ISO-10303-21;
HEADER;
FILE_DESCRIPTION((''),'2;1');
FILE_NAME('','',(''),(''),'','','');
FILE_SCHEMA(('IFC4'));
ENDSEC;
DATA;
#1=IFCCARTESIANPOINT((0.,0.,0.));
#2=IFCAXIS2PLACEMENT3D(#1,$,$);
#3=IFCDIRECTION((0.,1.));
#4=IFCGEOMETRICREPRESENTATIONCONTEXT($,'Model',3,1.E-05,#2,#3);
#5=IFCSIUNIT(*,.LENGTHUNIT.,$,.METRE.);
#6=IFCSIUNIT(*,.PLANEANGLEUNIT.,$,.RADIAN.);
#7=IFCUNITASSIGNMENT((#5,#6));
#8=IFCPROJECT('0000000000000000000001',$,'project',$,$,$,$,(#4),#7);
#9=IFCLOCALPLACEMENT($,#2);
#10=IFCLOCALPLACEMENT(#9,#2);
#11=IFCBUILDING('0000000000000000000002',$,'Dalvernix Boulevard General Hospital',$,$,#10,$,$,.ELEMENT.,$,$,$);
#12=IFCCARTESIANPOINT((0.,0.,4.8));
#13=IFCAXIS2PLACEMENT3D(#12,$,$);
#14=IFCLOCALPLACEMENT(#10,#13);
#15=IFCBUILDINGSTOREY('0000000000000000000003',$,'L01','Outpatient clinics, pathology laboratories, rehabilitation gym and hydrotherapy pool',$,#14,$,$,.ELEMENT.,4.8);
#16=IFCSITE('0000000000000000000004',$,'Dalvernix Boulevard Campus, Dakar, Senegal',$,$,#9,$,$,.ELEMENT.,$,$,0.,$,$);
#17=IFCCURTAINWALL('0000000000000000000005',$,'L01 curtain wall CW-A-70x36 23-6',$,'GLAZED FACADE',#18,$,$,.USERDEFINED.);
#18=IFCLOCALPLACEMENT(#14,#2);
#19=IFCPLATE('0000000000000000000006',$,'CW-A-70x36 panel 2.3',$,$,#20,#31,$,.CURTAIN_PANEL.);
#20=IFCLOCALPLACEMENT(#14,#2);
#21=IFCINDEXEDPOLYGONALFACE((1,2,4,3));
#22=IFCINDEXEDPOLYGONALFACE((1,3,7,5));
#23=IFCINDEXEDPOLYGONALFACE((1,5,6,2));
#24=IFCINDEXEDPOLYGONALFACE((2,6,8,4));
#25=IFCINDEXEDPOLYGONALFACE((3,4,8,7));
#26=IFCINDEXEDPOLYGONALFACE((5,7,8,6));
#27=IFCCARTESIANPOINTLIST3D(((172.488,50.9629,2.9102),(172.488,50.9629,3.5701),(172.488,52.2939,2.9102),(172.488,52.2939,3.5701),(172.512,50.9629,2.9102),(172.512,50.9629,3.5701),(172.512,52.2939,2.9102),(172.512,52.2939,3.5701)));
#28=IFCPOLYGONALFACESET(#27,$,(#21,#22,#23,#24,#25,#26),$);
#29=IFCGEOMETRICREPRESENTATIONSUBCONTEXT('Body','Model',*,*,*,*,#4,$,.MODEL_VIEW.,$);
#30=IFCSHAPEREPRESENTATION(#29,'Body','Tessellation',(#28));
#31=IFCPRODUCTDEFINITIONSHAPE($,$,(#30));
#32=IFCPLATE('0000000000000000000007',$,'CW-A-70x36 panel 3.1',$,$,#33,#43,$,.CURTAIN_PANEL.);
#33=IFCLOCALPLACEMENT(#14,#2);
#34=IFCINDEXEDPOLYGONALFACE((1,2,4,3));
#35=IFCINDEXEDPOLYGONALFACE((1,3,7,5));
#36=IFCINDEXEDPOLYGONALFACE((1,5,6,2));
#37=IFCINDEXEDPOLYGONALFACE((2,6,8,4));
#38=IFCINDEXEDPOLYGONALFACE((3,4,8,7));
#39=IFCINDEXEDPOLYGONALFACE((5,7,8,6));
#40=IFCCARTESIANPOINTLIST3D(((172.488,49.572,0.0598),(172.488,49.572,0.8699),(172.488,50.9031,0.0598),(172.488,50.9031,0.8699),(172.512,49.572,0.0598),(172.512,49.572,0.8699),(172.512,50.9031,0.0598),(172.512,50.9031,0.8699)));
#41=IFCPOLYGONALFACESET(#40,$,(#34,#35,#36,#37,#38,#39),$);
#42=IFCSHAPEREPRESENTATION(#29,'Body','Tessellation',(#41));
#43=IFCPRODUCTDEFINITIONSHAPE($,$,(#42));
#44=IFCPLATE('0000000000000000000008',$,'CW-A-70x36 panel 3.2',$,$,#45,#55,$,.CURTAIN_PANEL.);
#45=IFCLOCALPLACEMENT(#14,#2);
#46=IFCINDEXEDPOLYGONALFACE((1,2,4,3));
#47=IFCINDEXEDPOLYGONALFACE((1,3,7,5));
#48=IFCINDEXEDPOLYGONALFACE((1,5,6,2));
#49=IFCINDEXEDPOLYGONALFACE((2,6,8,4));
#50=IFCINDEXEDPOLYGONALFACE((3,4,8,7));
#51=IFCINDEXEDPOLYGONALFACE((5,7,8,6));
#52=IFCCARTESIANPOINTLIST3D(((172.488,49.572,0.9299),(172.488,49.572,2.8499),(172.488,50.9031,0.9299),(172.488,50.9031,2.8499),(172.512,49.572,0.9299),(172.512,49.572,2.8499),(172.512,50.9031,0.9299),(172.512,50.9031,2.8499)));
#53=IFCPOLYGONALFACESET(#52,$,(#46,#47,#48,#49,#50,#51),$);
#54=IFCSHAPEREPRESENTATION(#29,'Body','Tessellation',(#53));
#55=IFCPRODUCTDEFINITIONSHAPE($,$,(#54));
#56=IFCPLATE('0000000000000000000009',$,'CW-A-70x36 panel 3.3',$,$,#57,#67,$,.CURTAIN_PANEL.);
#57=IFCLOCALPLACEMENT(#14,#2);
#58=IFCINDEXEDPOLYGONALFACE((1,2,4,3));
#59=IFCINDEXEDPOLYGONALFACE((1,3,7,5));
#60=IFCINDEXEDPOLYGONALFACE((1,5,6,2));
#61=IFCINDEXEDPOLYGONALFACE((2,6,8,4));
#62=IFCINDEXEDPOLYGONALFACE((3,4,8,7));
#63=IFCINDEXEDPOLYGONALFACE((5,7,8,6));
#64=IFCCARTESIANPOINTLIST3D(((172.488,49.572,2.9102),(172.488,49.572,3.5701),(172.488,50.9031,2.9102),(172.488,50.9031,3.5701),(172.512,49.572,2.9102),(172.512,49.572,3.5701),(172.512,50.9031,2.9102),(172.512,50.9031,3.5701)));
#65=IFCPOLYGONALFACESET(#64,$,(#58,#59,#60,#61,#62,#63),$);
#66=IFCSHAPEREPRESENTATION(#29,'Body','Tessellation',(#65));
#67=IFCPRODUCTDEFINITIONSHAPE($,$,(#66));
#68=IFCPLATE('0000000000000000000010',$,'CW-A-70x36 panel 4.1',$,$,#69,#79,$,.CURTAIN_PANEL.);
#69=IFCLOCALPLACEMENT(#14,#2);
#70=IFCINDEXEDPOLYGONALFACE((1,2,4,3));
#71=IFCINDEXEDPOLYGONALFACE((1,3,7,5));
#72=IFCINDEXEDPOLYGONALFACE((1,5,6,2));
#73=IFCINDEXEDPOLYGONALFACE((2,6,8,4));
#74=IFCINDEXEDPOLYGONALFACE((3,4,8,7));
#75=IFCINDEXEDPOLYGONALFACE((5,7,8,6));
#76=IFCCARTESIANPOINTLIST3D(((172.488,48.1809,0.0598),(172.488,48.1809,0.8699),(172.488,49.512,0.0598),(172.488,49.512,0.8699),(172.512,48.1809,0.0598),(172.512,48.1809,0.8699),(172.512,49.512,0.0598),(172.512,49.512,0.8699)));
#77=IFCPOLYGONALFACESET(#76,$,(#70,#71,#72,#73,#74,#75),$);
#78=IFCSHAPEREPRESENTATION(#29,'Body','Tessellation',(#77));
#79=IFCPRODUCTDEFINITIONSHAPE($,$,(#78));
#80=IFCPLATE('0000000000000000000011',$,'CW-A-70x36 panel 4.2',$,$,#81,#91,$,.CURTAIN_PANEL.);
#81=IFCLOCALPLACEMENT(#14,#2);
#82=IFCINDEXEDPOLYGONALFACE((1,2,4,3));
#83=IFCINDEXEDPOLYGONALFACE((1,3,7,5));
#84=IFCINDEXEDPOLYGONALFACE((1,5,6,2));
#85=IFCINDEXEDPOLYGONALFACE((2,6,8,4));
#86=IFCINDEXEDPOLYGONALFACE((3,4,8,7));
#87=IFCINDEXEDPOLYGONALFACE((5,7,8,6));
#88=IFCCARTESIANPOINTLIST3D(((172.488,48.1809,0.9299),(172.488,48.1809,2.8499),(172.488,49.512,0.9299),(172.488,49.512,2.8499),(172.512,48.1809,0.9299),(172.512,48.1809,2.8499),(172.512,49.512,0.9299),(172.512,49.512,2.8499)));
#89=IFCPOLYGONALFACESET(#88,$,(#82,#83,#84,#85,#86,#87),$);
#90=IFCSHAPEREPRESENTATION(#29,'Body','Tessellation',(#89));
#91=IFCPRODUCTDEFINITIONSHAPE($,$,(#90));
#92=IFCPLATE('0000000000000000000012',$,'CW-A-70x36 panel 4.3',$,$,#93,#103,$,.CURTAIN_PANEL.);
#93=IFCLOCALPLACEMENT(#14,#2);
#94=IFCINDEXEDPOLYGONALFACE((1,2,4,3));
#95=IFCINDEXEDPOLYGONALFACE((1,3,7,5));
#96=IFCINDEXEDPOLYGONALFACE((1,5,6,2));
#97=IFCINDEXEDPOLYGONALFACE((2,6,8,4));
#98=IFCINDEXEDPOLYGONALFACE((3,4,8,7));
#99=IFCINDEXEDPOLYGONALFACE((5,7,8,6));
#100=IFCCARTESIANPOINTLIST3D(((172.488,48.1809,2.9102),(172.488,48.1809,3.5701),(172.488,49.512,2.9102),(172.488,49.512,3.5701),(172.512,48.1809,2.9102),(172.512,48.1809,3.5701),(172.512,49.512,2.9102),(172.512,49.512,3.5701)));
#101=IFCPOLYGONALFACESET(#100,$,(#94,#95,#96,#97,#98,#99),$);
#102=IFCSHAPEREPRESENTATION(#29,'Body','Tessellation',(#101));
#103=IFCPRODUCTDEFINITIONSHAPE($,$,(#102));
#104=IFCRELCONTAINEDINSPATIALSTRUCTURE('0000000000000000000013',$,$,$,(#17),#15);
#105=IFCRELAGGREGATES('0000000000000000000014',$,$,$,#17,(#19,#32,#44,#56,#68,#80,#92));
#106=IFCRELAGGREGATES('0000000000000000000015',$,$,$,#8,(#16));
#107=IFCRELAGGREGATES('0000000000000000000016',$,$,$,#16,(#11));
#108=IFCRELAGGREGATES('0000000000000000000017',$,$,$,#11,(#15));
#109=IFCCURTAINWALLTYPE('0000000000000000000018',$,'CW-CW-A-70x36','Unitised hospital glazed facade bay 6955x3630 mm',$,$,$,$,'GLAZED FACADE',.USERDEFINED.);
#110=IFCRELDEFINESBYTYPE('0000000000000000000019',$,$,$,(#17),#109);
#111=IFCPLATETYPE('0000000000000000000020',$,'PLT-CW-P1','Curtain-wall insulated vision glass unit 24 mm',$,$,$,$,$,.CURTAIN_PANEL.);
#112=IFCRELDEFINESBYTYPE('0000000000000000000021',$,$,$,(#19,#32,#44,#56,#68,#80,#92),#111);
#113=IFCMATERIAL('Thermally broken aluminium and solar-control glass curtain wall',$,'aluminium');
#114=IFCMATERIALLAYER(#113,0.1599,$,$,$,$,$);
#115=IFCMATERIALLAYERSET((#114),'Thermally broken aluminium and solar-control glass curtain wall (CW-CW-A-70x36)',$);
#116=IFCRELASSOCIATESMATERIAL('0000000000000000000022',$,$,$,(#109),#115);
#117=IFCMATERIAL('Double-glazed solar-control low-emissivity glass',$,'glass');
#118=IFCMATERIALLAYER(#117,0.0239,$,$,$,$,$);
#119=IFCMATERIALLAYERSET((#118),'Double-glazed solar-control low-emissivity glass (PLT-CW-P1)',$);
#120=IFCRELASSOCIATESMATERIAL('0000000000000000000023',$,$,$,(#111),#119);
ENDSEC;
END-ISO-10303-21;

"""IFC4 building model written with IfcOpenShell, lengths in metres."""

from ifc_helpers import new_model, si_unit, direction, frame, origin, origin_2d, place, context, subcontext, project, spatial, rectangle, extrude, material, layer, layer_set, type_object, element, aggregate, save


model = new_model("IFC4")

# Units and contexts
model_context = context("Model", 3, precision=1e-05, world=origin(), true_north=direction((0.0, 1.0)))
body_context = subcontext(model_context, "Body", "Model", "MODEL_VIEW")
ifc_project = project(units=[si_unit("LENGTHUNIT", "METRE"), si_unit("PLANEANGLEUNIT", "RADIAN")], contexts=[model_context])

# Site, building, storey
site_placement = place(None, origin())
site = spatial("IfcSite", under=ifc_project, at=site_placement, Name="Dalvernix Boulevard Campus, Dakar, Senegal", CompositionType="ELEMENT", RefElevation=0.0)
building_placement = place(site_placement, origin())
building = spatial("IfcBuilding", under=site, at=building_placement, Name="Dalvernix Boulevard General Hospital", CompositionType="ELEMENT")
storey_placement = place(building_placement, frame((0.0, 0.0, 4.8)))
storey = spatial("IfcBuildingStorey", under=building, at=storey_placement, Name="L01", Description="Outpatient clinics, pathology laboratories, rehabilitation gym and hydrotherapy pool", CompositionType="ELEMENT", Elevation=4.8)

# Curtain wall, plates
ifc_material_1 = material(Name="Thermally broken aluminium and solar-control glass curtain wall", Category="aluminium")
ifc_layer_1 = layer(ifc_material_1, 0.1599)
ifc_layer_set_1 = layer_set([ifc_layer_1], Name="Thermally broken aluminium and solar-control glass curtain wall (CW-CW-A-70x36)")
curtain_wall_type = type_object("IfcCurtainWallType", Name="CW-CW-A-70x36", Description="Unitised hospital glazed facade bay 6955x3630 mm", ElementType="GLAZED FACADE", PredefinedType="USERDEFINED", material=ifc_layer_set_1)
curtain_wall_placement = place(storey_placement, origin())
curtain_wall = element("IfcCurtainWall", 1, at=curtain_wall_placement, inside=storey, type_object=curtain_wall_type, Name="L01 curtain wall CW-A-70x36 23-6", ObjectType="GLAZED FACADE", PredefinedType="USERDEFINED")
ifc_material_2 = material(Name="Double-glazed solar-control low-emissivity glass", Category="glass")
ifc_layer_2 = layer(ifc_material_2, 0.0239)
ifc_layer_set_2 = layer_set([ifc_layer_2], Name="Double-glazed solar-control low-emissivity glass (PLT-CW-P1)")
plate_type = type_object("IfcPlateType", Name="PLT-CW-P1", Description="Curtain-wall insulated vision glass unit 24 mm", PredefinedType="CURTAIN_PANEL", material=ifc_layer_set_2)
plate_1_placement = place(storey_placement, frame((172.5, 51.6284, 2.9102), z_axis=(0.0, 0.0, 1.0), x_axis=(0.0, -1.0, 0.0)))
plate_1 = element("IfcPlate", 2, at=plate_1_placement, type_object=plate_type, Name="CW-A-70x36 panel 2.3", PredefinedType="CURTAIN_PANEL", context=body_context, shape_type="SweptSolid", body=[
    extrude(rectangle(XDim=1.3311, YDim=0.0239, at=origin_2d()), origin(), (0.0, 0.0, 1.0), 0.6599),
])
plate_2_placement = place(storey_placement, frame((172.5, 50.2375, 0.0598), z_axis=(0.0, 0.0, 1.0), x_axis=(0.0, -1.0, 0.0)))
plate_2 = element("IfcPlate", 3, at=plate_2_placement, type_object=plate_type, Name="CW-A-70x36 panel 3.1", PredefinedType="CURTAIN_PANEL", context=body_context, shape_type="SweptSolid", body=[
    extrude(rectangle(XDim=1.3311, YDim=0.0239, at=origin_2d()), origin(), (0.0, 0.0, 1.0), 0.8101),
])
plate_3_placement = place(storey_placement, frame((172.5, 50.2375, 0.9299), z_axis=(0.0, 0.0, 1.0), x_axis=(0.0, -1.0, 0.0)))
plate_3 = element("IfcPlate", 4, at=plate_3_placement, type_object=plate_type, Name="CW-A-70x36 panel 3.2", PredefinedType="CURTAIN_PANEL", context=body_context, shape_type="SweptSolid", body=[
    extrude(rectangle(XDim=1.3311, YDim=0.0239, at=origin_2d()), origin(), (0.0, 0.0, 1.0), 1.9199),
])
plate_4_placement = place(storey_placement, frame((172.5, 50.2375, 2.9102), z_axis=(0.0, 0.0, 1.0), x_axis=(0.0, -1.0, 0.0)))
plate_4 = element("IfcPlate", 5, at=plate_4_placement, type_object=plate_type, Name="CW-A-70x36 panel 3.3", PredefinedType="CURTAIN_PANEL", context=body_context, shape_type="SweptSolid", body=[
    extrude(rectangle(XDim=1.3311, YDim=0.0239, at=origin_2d()), origin(), (0.0, 0.0, 1.0), 0.6599),
])
plate_5_placement = place(storey_placement, frame((172.5, 48.8464, 0.0598), z_axis=(0.0, 0.0, 1.0), x_axis=(0.0, -1.0, 0.0)))
plate_5 = element("IfcPlate", 6, at=plate_5_placement, type_object=plate_type, Name="CW-A-70x36 panel 4.1", PredefinedType="CURTAIN_PANEL", context=body_context, shape_type="SweptSolid", body=[
    extrude(rectangle(XDim=1.3311, YDim=0.0239, at=origin_2d()), origin(), (0.0, 0.0, 1.0), 0.8101),
])
plate_6_placement = place(storey_placement, frame((172.5, 48.8464, 0.9299), z_axis=(0.0, 0.0, 1.0), x_axis=(0.0, -1.0, 0.0)))
plate_6 = element("IfcPlate", 7, at=plate_6_placement, type_object=plate_type, Name="CW-A-70x36 panel 4.2", PredefinedType="CURTAIN_PANEL", context=body_context, shape_type="SweptSolid", body=[
    extrude(rectangle(XDim=1.3311, YDim=0.0239, at=origin_2d()), origin(), (0.0, 0.0, 1.0), 1.9199),
])
plate_7_placement = place(storey_placement, frame((172.5, 48.8464, 2.9102), z_axis=(0.0, 0.0, 1.0), x_axis=(0.0, -1.0, 0.0)))
plate_7 = element("IfcPlate", 8, at=plate_7_placement, type_object=plate_type, Name="CW-A-70x36 panel 4.3", PredefinedType="CURTAIN_PANEL", context=body_context, shape_type="SweptSolid", body=[
    extrude(rectangle(XDim=1.3311, YDim=0.0239, at=origin_2d()), origin(), (0.0, 0.0, 1.0), 0.6599),
])
aggregate(curtain_wall, [plate_1, plate_2, plate_3, plate_4, plate_5, plate_6, plate_7])

save(model, "model.ifc")
